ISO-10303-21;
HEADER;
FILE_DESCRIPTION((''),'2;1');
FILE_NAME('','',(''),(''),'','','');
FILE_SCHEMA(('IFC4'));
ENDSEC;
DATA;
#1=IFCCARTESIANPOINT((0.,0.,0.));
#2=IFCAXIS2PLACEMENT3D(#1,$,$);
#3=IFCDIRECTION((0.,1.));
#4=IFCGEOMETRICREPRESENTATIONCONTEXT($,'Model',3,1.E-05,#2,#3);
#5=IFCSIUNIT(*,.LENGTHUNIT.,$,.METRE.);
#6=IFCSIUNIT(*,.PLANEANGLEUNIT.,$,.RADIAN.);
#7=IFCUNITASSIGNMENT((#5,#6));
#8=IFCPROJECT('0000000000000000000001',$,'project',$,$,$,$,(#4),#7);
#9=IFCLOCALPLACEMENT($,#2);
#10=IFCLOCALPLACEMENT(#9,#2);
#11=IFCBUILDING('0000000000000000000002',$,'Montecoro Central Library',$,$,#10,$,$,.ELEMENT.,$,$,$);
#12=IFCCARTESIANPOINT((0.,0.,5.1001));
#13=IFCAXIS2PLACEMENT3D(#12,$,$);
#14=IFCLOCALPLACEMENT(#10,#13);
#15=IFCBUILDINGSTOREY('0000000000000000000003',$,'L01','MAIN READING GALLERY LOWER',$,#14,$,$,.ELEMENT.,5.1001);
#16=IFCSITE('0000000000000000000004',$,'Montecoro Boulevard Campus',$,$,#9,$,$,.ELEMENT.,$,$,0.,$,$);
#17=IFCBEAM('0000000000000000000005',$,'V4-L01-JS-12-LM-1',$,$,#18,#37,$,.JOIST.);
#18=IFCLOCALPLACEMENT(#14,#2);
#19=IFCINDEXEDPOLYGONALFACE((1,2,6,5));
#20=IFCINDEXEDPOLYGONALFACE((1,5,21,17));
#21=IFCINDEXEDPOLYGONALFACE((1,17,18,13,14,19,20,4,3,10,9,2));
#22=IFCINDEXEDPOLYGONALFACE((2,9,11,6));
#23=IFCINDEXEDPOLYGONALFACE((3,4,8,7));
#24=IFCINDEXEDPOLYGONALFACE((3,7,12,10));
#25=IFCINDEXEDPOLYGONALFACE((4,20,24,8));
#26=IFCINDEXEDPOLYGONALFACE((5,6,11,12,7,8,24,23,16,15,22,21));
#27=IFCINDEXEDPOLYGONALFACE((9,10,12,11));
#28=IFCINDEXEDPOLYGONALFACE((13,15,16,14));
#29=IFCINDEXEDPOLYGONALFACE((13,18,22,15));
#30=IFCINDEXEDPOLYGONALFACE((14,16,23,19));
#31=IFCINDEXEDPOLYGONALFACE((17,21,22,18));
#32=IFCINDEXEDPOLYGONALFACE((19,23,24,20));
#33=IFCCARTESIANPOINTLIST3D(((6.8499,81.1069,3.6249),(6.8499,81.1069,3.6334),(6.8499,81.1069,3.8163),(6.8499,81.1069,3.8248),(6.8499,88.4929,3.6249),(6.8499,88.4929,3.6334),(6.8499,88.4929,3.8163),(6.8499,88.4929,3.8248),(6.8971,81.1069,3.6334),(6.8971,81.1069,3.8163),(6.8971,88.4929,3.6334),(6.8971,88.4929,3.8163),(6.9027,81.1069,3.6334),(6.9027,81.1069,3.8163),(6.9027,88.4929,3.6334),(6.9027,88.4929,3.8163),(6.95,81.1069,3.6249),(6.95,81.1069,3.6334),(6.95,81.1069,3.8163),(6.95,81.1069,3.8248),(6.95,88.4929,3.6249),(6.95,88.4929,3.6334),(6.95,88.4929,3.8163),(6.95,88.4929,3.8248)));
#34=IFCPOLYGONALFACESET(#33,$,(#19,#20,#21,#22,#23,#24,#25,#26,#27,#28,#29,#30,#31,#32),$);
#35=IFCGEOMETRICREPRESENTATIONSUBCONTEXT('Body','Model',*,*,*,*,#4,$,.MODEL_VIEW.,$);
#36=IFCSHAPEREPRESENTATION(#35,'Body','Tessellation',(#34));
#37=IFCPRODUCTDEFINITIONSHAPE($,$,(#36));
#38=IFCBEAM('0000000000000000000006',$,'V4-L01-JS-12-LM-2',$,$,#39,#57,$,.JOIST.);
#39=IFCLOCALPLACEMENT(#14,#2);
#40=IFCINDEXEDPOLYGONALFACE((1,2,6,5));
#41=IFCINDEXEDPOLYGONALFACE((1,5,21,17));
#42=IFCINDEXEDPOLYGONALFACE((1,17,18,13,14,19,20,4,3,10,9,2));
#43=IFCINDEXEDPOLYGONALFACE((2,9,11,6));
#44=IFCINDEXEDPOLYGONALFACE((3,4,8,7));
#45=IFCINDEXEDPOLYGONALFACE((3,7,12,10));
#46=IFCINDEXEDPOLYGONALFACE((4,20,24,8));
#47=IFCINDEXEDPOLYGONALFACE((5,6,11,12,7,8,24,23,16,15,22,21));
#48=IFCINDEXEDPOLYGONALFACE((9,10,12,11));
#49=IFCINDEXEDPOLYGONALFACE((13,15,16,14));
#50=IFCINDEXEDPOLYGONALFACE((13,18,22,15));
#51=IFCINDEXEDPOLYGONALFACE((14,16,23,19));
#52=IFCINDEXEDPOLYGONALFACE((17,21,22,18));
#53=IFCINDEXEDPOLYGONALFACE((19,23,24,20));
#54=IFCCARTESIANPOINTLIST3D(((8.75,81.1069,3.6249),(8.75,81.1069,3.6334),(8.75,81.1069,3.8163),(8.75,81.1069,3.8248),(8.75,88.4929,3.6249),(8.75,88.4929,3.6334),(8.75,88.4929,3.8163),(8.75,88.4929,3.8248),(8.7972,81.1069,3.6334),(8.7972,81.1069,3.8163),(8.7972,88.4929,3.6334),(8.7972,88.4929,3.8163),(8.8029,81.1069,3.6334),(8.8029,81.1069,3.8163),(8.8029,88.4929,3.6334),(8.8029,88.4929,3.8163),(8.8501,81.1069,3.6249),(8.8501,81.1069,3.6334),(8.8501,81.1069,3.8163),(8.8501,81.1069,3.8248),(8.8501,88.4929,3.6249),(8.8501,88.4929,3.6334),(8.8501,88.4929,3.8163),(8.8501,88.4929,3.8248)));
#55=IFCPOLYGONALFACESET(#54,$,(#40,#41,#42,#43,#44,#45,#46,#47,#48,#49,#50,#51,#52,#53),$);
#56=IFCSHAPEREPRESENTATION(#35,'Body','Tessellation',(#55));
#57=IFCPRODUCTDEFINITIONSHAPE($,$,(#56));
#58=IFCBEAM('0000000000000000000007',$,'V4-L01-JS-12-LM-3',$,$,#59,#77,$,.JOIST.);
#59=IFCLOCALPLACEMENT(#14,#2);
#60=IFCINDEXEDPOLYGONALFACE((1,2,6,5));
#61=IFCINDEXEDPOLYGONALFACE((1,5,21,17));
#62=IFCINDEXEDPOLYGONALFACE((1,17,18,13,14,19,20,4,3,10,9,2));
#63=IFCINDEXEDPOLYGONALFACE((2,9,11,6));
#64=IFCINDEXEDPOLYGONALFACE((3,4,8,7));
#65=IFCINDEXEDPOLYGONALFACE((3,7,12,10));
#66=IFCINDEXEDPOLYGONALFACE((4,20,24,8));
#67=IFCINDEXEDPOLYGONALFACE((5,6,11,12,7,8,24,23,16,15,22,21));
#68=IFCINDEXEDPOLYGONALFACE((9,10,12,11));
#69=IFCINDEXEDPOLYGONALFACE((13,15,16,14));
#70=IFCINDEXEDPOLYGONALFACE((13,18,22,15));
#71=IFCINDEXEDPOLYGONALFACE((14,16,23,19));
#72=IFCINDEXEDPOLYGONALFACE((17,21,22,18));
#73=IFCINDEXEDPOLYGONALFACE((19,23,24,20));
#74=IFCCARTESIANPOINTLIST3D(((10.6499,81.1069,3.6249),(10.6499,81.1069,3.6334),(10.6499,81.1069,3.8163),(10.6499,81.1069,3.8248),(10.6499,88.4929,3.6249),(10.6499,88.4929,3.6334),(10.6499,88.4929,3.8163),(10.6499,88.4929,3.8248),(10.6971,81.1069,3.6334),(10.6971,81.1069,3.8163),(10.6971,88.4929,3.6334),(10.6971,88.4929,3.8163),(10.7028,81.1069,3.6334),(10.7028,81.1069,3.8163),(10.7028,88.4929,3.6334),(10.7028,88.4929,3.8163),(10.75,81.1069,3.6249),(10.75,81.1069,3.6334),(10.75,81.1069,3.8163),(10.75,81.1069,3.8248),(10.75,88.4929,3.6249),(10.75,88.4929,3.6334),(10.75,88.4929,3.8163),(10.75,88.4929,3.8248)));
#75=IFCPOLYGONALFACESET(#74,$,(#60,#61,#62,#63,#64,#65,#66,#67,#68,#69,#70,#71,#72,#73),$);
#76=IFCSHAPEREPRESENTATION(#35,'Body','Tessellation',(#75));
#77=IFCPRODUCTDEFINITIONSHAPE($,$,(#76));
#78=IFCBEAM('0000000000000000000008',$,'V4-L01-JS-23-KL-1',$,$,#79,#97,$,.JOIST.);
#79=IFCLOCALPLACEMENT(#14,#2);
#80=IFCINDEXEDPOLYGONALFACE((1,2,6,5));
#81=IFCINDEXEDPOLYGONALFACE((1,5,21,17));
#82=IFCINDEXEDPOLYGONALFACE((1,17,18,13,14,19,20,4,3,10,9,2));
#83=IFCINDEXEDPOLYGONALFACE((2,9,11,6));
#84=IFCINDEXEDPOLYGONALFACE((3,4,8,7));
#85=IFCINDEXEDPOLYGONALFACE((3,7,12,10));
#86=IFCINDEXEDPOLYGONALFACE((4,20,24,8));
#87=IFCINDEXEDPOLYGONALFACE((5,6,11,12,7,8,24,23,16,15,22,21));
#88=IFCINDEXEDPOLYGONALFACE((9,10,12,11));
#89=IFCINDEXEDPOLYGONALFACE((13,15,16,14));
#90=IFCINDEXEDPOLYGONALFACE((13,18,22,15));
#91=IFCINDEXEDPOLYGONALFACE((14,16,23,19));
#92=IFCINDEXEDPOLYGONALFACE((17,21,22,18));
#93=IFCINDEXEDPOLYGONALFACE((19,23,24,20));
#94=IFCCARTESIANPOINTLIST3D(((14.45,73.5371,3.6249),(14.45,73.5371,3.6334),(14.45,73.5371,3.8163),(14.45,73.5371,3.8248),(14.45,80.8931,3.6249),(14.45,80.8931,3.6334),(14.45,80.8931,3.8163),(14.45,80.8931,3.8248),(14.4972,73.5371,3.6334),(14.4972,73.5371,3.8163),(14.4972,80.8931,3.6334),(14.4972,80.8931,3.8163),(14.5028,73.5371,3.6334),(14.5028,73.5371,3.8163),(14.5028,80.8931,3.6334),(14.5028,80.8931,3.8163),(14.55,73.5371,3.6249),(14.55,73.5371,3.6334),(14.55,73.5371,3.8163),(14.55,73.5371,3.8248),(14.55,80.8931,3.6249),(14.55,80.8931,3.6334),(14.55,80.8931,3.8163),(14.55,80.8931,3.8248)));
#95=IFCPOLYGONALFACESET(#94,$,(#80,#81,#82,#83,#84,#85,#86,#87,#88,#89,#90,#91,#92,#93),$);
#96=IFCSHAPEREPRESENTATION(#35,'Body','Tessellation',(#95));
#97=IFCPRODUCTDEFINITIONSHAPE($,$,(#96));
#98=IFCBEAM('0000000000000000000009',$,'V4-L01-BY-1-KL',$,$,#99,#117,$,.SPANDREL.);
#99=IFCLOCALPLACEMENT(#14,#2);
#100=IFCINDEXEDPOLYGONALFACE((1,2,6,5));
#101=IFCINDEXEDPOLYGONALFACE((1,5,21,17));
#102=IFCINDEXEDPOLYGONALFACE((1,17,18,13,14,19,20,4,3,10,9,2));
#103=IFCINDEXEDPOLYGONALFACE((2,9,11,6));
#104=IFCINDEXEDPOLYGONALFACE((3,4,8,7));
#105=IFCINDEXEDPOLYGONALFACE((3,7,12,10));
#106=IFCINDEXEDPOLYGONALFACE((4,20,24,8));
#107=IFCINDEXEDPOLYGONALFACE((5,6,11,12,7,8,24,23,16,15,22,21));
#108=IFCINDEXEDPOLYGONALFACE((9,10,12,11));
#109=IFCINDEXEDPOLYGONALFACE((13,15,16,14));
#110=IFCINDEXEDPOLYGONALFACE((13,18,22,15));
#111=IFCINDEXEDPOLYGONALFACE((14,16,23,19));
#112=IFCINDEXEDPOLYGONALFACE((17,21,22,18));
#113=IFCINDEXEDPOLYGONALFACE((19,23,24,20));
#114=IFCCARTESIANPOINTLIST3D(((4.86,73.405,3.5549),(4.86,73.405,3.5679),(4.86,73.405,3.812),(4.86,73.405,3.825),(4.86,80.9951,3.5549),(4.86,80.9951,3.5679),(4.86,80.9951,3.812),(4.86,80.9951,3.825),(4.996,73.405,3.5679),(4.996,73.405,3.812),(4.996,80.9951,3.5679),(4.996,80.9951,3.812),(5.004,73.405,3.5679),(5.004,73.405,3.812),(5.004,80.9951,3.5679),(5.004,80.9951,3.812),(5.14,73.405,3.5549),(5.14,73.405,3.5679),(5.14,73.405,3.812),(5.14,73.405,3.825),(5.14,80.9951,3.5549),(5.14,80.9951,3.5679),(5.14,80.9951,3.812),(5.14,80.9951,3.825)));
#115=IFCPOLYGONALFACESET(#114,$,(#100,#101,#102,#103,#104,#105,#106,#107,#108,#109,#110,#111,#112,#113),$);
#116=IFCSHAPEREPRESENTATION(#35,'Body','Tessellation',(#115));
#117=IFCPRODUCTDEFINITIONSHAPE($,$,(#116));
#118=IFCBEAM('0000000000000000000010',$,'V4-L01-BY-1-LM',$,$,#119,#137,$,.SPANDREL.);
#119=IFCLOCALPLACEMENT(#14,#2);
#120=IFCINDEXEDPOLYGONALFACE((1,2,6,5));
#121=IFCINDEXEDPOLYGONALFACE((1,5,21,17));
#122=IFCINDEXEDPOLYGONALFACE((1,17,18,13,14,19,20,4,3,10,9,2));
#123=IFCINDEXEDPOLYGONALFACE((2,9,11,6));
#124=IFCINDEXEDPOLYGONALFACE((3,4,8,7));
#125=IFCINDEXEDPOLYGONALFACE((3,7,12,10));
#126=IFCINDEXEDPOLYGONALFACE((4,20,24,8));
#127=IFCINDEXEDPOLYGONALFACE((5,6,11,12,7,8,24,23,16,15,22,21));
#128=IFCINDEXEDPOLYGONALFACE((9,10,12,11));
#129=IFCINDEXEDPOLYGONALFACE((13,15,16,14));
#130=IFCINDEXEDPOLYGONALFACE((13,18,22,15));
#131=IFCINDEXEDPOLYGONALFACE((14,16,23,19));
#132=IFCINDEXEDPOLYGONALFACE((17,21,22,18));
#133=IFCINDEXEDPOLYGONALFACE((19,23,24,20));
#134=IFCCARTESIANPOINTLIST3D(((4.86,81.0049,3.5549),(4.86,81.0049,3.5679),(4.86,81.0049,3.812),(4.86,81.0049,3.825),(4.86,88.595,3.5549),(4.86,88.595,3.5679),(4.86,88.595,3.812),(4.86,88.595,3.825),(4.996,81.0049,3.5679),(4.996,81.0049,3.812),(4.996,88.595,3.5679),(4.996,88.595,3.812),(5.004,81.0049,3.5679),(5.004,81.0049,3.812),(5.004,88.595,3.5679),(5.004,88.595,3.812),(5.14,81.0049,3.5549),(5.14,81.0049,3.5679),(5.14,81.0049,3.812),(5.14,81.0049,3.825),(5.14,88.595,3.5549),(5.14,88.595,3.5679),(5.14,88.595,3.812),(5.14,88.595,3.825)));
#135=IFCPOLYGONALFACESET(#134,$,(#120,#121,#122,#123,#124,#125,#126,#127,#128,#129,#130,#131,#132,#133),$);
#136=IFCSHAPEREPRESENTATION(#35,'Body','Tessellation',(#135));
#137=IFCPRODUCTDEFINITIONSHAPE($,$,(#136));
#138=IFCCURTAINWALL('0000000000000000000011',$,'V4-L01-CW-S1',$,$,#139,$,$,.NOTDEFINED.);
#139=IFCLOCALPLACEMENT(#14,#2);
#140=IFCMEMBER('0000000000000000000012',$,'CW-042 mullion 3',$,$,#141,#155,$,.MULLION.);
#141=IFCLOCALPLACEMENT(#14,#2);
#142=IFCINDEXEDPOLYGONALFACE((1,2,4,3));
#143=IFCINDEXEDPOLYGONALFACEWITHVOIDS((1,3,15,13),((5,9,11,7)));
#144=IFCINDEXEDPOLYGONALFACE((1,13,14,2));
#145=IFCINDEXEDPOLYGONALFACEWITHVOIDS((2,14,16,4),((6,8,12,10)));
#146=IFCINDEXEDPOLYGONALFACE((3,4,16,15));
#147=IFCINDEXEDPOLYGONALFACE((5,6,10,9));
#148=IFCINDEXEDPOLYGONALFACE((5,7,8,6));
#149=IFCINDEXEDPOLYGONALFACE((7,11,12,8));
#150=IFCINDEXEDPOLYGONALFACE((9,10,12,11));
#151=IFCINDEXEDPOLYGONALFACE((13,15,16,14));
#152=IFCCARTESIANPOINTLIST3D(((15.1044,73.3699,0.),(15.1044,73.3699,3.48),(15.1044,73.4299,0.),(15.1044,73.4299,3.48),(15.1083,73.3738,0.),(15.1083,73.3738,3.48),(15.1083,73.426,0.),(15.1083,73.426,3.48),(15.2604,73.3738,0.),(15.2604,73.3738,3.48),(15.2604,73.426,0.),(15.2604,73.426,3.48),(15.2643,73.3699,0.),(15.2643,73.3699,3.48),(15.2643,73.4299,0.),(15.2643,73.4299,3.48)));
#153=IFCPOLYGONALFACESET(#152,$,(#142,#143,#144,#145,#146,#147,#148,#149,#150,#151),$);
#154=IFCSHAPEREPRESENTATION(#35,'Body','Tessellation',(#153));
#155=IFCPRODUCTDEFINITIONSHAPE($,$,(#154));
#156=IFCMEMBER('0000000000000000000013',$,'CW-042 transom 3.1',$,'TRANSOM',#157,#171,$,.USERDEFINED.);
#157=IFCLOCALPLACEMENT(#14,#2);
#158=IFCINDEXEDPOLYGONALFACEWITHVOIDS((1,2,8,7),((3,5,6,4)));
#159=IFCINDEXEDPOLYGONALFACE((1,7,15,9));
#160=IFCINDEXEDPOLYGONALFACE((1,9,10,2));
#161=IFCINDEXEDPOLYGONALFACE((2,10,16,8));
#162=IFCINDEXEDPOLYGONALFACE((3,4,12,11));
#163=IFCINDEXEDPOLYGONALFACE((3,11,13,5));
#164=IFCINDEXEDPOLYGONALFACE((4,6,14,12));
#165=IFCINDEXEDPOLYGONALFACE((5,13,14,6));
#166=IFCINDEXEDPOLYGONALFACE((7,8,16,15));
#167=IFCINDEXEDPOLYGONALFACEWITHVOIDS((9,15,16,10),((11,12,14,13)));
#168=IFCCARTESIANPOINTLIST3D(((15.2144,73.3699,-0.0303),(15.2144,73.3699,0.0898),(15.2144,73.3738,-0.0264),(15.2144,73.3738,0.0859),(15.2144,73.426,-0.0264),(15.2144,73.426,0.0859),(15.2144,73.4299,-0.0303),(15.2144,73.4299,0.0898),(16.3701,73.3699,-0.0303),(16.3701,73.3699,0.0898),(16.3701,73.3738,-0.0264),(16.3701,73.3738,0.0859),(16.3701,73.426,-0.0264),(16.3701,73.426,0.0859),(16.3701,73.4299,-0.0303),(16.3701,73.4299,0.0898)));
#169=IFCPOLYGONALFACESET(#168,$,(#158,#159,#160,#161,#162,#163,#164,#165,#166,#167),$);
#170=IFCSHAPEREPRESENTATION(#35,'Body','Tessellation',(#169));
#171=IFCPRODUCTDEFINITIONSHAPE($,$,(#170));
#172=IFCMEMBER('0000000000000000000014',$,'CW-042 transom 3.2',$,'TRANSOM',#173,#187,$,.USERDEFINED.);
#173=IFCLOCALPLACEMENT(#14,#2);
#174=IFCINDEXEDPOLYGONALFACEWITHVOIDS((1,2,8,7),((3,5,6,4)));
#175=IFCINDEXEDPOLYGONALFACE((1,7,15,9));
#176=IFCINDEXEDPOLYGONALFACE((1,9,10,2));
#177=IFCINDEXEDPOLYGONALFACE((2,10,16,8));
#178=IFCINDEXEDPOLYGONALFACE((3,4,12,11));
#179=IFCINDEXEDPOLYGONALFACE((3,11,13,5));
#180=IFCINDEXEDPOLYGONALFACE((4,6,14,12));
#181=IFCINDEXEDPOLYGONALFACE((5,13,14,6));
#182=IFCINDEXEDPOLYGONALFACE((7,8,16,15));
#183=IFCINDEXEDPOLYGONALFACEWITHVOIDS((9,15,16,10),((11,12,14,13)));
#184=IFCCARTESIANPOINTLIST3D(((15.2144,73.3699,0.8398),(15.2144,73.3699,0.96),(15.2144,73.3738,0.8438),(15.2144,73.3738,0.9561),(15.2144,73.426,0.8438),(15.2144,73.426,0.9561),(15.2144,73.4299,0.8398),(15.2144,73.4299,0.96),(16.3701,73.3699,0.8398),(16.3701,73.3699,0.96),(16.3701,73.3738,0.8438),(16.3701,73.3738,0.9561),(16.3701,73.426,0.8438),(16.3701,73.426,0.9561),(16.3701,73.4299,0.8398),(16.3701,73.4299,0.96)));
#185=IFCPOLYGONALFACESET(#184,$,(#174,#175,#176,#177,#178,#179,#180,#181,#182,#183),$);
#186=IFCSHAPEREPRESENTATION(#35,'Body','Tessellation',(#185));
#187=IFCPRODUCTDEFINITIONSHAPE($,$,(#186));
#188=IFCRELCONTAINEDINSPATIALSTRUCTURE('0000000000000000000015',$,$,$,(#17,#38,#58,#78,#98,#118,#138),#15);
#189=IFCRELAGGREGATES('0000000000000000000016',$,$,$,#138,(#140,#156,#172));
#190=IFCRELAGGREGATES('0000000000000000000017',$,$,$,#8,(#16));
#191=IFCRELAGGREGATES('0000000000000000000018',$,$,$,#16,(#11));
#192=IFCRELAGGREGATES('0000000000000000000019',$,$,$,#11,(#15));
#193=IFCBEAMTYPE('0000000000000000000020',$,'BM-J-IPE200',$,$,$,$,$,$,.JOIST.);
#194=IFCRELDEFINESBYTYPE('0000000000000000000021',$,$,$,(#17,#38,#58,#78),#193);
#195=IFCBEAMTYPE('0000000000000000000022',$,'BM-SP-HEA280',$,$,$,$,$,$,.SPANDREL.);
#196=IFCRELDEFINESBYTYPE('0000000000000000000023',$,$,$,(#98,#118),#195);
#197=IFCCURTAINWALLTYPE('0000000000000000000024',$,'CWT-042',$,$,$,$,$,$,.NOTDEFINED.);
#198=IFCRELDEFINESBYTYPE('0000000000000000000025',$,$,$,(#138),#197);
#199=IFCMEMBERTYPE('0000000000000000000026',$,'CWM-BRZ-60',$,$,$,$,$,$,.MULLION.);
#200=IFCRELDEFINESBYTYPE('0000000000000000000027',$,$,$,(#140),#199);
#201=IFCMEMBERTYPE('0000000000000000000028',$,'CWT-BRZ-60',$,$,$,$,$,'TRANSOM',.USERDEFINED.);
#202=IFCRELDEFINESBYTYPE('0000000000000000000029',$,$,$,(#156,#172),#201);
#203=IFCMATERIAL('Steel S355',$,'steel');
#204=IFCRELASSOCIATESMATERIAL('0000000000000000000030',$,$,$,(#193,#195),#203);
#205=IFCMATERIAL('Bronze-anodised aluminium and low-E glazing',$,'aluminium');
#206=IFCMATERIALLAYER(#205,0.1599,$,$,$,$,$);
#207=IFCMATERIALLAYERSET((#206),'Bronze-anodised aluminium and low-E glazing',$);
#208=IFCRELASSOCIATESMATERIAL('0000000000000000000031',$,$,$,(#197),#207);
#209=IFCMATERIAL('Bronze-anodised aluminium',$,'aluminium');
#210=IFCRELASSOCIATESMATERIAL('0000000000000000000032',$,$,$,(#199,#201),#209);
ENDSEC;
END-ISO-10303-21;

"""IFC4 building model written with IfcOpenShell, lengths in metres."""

from ifc_helpers import new_model, si_unit, direction, frame, origin, origin_2d, place, context, subcontext, project, spatial, hollow_rectangle, i_section, extrude, material, layer, layer_set, material_profile, profile_set, type_object, element, aggregate, save


model = new_model("IFC4")

# Units and contexts
model_context = context("Model", 3, precision=1e-05, world=origin(), true_north=direction((0.0, 1.0)))
body_context = subcontext(model_context, "Body", "Model", "MODEL_VIEW")
ifc_project = project(units=[si_unit("LENGTHUNIT", "METRE"), si_unit("PLANEANGLEUNIT", "RADIAN")], contexts=[model_context])

# Site, building, storey
site_placement = place(None, origin())
site = spatial("IfcSite", under=ifc_project, at=site_placement, Name="Montecoro Boulevard Campus", CompositionType="ELEMENT", RefElevation=0.0)
building_placement = place(site_placement, origin())
building = spatial("IfcBuilding", under=site, at=building_placement, Name="Montecoro Central Library", CompositionType="ELEMENT")
storey_placement = place(building_placement, frame((0.0, 0.0, 5.1001)))
storey = spatial("IfcBuildingStorey", under=building, at=storey_placement, Name="L01", Description="MAIN READING GALLERY LOWER", CompositionType="ELEMENT", Elevation=5.1001)

# Shared definitions
ifc_material_1 = material(Name="Steel S355", Category="steel")

# Beams
ifc_material_profile_1 = material_profile(ifc_material_1, i_section(OverallWidth=0.1001, OverallDepth=0.2, WebThickness=0.0056, FlangeThickness=0.0085, at=origin_2d()), Name="IPE 200")
ifc_profile_set_1 = profile_set([ifc_material_profile_1], Name="Steel S355")
beam_type_1 = type_object("IfcBeamType", Name="BM-J-IPE200", PredefinedType="JOIST", material=ifc_profile_set_1)
for number, where, z_axis, x_axis, name in (
    (1, (6.8999, 81.1069, 3.7249), (0.0, 1.0, 0.0), (-1.0, 0.0, 0.0), "V4-L01-JS-12-LM-1"),
    (2, (8.8, 81.1069, 3.7249), (0.0, 1.0, 0.0), (-1.0, 0.0, 0.0), "V4-L01-JS-12-LM-2"),
    (3, (10.7, 81.1069, 3.7249), (0.0, 1.0, 0.0), (-1.0, 0.0, 0.0), "V4-L01-JS-12-LM-3"),
):
    element("IfcBeam", number, at=place(storey_placement, frame(where, z_axis=z_axis, x_axis=x_axis)), inside=storey, type_object=beam_type_1, Name=name, PredefinedType="JOIST", context=body_context, shape_type="SweptSolid", body=[
        extrude(i_section(OverallWidth=0.1001, OverallDepth=0.2, WebThickness=0.0056, FlangeThickness=0.0085, at=origin_2d()), origin(), (0.0, 0.0, 1.0), 7.386),
    ])
beam_placement = place(storey_placement, frame((14.5, 73.5371, 3.7249), z_axis=(0.0, 1.0, 0.0), x_axis=(-1.0, 0.0, 0.0)))
element("IfcBeam", 4, at=beam_placement, inside=storey, type_object=beam_type_1, Name="V4-L01-JS-23-KL-1", PredefinedType="JOIST", context=body_context, shape_type="SweptSolid", body=[
    extrude(i_section(OverallWidth=0.1001, OverallDepth=0.2, WebThickness=0.0056, FlangeThickness=0.0085, at=origin_2d()), origin(), (0.0, 0.0, 1.0), 7.356),
])
ifc_material_profile_2 = material_profile(ifc_material_1, i_section(OverallWidth=0.28, OverallDepth=0.27, WebThickness=0.0081, FlangeThickness=0.0129, at=origin_2d()), Name="HEA 280")
ifc_profile_set_2 = profile_set([ifc_material_profile_2], Name="Steel S355")
beam_type_2 = type_object("IfcBeamType", Name="BM-SP-HEA280", PredefinedType="SPANDREL", material=ifc_profile_set_2)
for number, where, z_axis, x_axis, name in (
    (5, (5.0, 73.405, 3.6899), (0.0, 1.0, 0.0), (-1.0, 0.0, 0.0), "V4-L01-BY-1-KL"),
    (6, (5.0, 81.0049, 3.6899), (0.0, 1.0, 0.0), (-1.0, 0.0, 0.0), "V4-L01-BY-1-LM"),
):
    element("IfcBeam", number, at=place(storey_placement, frame(where, z_axis=z_axis, x_axis=x_axis)), inside=storey, type_object=beam_type_2, Name=name, PredefinedType="SPANDREL", context=body_context, shape_type="SweptSolid", body=[
        extrude(i_section(OverallWidth=0.28, OverallDepth=0.27, WebThickness=0.0081, FlangeThickness=0.0129, at=origin_2d()), origin(), (0.0, 0.0, 1.0), 7.5901),
    ])

# Curtain wall, members
ifc_material_2 = material(Name="Bronze-anodised aluminium and low-E glazing", Category="aluminium")
ifc_layer_1 = layer(ifc_material_2, 0.1599)
ifc_layer_set_1 = layer_set([ifc_layer_1], Name="Bronze-anodised aluminium and low-E glazing")
curtain_wall_type = type_object("IfcCurtainWallType", Name="CWT-042", PredefinedType="NOTDEFINED", material=ifc_layer_set_1)
curtain_wall_placement = place(storey_placement, origin())
curtain_wall = element("IfcCurtainWall", 7, at=curtain_wall_placement, inside=storey, type_object=curtain_wall_type, Name="V4-L01-CW-S1", PredefinedType="NOTDEFINED")
ifc_material_3 = material(Name="Bronze-anodised aluminium", Category="aluminium")
ifc_material_profile_3 = material_profile(ifc_material_3, hollow_rectangle(XDim=0.0601, YDim=0.1599, WallThickness=0.0039, at=origin_2d()), Name="CWM 160x60x4.0")
ifc_profile_set_3 = profile_set([ifc_material_profile_3], Name="Bronze-anodised aluminium")
member_type_1 = type_object("IfcMemberType", Name="CWM-BRZ-60", PredefinedType="MULLION", material=ifc_profile_set_3)
member_1_placement = place(storey_placement, frame((15.1843, 73.3999, 0.0), z_axis=(0.0, 0.0, 1.0), x_axis=(0.0, 1.0, 0.0)))
member_1 = element("IfcMember", 8, at=member_1_placement, type_object=member_type_1, Name="CW-042 mullion 3", PredefinedType="MULLION", context=body_context, shape_type="SweptSolid", body=[
    extrude(hollow_rectangle(XDim=0.0601, YDim=0.1599, WallThickness=0.0039, at=origin_2d()), origin(), (0.0, 0.0, 1.0), 3.48),
])
ifc_material_profile_4 = material_profile(ifc_material_3, hollow_rectangle(XDim=0.0601, YDim=0.1201, WallThickness=0.0039, at=origin_2d()), Name="CWT 120x60x4.0")
ifc_profile_set_4 = profile_set([ifc_material_profile_4], Name="Bronze-anodised aluminium")
member_type_2 = type_object("IfcMemberType", Name="CWT-BRZ-60", ElementType="TRANSOM", PredefinedType="USERDEFINED", material=ifc_profile_set_4)
member_2_placement = place(storey_placement, frame((15.2144, 73.3999, 0.0298), z_axis=(1.0, 0.0, 0.0), x_axis=(0.0, 1.0, 0.0)))
member_2 = element("IfcMember", 9, at=member_2_placement, type_object=member_type_2, Name="CW-042 transom 3.1", ObjectType="TRANSOM", PredefinedType="USERDEFINED", context=body_context, shape_type="SweptSolid", body=[
    extrude(hollow_rectangle(XDim=0.0601, YDim=0.1201, WallThickness=0.0039, at=origin_2d()), origin(), (0.0, 0.0, 1.0), 1.1558),
])
member_3_placement = place(storey_placement, frame((15.2144, 73.3999, 0.8999), z_axis=(1.0, 0.0, 0.0), x_axis=(0.0, 1.0, 0.0)))
member_3 = element("IfcMember", 10, at=member_3_placement, type_object=member_type_2, Name="CW-042 transom 3.2", ObjectType="TRANSOM", PredefinedType="USERDEFINED", context=body_context, shape_type="SweptSolid", body=[
    extrude(hollow_rectangle(XDim=0.0601, YDim=0.1201, WallThickness=0.0039, at=origin_2d()), origin(), (0.0, 0.0, 1.0), 1.1558),
])
aggregate(curtain_wall, [member_1, member_2, member_3])

save(model, "model.ifc")
